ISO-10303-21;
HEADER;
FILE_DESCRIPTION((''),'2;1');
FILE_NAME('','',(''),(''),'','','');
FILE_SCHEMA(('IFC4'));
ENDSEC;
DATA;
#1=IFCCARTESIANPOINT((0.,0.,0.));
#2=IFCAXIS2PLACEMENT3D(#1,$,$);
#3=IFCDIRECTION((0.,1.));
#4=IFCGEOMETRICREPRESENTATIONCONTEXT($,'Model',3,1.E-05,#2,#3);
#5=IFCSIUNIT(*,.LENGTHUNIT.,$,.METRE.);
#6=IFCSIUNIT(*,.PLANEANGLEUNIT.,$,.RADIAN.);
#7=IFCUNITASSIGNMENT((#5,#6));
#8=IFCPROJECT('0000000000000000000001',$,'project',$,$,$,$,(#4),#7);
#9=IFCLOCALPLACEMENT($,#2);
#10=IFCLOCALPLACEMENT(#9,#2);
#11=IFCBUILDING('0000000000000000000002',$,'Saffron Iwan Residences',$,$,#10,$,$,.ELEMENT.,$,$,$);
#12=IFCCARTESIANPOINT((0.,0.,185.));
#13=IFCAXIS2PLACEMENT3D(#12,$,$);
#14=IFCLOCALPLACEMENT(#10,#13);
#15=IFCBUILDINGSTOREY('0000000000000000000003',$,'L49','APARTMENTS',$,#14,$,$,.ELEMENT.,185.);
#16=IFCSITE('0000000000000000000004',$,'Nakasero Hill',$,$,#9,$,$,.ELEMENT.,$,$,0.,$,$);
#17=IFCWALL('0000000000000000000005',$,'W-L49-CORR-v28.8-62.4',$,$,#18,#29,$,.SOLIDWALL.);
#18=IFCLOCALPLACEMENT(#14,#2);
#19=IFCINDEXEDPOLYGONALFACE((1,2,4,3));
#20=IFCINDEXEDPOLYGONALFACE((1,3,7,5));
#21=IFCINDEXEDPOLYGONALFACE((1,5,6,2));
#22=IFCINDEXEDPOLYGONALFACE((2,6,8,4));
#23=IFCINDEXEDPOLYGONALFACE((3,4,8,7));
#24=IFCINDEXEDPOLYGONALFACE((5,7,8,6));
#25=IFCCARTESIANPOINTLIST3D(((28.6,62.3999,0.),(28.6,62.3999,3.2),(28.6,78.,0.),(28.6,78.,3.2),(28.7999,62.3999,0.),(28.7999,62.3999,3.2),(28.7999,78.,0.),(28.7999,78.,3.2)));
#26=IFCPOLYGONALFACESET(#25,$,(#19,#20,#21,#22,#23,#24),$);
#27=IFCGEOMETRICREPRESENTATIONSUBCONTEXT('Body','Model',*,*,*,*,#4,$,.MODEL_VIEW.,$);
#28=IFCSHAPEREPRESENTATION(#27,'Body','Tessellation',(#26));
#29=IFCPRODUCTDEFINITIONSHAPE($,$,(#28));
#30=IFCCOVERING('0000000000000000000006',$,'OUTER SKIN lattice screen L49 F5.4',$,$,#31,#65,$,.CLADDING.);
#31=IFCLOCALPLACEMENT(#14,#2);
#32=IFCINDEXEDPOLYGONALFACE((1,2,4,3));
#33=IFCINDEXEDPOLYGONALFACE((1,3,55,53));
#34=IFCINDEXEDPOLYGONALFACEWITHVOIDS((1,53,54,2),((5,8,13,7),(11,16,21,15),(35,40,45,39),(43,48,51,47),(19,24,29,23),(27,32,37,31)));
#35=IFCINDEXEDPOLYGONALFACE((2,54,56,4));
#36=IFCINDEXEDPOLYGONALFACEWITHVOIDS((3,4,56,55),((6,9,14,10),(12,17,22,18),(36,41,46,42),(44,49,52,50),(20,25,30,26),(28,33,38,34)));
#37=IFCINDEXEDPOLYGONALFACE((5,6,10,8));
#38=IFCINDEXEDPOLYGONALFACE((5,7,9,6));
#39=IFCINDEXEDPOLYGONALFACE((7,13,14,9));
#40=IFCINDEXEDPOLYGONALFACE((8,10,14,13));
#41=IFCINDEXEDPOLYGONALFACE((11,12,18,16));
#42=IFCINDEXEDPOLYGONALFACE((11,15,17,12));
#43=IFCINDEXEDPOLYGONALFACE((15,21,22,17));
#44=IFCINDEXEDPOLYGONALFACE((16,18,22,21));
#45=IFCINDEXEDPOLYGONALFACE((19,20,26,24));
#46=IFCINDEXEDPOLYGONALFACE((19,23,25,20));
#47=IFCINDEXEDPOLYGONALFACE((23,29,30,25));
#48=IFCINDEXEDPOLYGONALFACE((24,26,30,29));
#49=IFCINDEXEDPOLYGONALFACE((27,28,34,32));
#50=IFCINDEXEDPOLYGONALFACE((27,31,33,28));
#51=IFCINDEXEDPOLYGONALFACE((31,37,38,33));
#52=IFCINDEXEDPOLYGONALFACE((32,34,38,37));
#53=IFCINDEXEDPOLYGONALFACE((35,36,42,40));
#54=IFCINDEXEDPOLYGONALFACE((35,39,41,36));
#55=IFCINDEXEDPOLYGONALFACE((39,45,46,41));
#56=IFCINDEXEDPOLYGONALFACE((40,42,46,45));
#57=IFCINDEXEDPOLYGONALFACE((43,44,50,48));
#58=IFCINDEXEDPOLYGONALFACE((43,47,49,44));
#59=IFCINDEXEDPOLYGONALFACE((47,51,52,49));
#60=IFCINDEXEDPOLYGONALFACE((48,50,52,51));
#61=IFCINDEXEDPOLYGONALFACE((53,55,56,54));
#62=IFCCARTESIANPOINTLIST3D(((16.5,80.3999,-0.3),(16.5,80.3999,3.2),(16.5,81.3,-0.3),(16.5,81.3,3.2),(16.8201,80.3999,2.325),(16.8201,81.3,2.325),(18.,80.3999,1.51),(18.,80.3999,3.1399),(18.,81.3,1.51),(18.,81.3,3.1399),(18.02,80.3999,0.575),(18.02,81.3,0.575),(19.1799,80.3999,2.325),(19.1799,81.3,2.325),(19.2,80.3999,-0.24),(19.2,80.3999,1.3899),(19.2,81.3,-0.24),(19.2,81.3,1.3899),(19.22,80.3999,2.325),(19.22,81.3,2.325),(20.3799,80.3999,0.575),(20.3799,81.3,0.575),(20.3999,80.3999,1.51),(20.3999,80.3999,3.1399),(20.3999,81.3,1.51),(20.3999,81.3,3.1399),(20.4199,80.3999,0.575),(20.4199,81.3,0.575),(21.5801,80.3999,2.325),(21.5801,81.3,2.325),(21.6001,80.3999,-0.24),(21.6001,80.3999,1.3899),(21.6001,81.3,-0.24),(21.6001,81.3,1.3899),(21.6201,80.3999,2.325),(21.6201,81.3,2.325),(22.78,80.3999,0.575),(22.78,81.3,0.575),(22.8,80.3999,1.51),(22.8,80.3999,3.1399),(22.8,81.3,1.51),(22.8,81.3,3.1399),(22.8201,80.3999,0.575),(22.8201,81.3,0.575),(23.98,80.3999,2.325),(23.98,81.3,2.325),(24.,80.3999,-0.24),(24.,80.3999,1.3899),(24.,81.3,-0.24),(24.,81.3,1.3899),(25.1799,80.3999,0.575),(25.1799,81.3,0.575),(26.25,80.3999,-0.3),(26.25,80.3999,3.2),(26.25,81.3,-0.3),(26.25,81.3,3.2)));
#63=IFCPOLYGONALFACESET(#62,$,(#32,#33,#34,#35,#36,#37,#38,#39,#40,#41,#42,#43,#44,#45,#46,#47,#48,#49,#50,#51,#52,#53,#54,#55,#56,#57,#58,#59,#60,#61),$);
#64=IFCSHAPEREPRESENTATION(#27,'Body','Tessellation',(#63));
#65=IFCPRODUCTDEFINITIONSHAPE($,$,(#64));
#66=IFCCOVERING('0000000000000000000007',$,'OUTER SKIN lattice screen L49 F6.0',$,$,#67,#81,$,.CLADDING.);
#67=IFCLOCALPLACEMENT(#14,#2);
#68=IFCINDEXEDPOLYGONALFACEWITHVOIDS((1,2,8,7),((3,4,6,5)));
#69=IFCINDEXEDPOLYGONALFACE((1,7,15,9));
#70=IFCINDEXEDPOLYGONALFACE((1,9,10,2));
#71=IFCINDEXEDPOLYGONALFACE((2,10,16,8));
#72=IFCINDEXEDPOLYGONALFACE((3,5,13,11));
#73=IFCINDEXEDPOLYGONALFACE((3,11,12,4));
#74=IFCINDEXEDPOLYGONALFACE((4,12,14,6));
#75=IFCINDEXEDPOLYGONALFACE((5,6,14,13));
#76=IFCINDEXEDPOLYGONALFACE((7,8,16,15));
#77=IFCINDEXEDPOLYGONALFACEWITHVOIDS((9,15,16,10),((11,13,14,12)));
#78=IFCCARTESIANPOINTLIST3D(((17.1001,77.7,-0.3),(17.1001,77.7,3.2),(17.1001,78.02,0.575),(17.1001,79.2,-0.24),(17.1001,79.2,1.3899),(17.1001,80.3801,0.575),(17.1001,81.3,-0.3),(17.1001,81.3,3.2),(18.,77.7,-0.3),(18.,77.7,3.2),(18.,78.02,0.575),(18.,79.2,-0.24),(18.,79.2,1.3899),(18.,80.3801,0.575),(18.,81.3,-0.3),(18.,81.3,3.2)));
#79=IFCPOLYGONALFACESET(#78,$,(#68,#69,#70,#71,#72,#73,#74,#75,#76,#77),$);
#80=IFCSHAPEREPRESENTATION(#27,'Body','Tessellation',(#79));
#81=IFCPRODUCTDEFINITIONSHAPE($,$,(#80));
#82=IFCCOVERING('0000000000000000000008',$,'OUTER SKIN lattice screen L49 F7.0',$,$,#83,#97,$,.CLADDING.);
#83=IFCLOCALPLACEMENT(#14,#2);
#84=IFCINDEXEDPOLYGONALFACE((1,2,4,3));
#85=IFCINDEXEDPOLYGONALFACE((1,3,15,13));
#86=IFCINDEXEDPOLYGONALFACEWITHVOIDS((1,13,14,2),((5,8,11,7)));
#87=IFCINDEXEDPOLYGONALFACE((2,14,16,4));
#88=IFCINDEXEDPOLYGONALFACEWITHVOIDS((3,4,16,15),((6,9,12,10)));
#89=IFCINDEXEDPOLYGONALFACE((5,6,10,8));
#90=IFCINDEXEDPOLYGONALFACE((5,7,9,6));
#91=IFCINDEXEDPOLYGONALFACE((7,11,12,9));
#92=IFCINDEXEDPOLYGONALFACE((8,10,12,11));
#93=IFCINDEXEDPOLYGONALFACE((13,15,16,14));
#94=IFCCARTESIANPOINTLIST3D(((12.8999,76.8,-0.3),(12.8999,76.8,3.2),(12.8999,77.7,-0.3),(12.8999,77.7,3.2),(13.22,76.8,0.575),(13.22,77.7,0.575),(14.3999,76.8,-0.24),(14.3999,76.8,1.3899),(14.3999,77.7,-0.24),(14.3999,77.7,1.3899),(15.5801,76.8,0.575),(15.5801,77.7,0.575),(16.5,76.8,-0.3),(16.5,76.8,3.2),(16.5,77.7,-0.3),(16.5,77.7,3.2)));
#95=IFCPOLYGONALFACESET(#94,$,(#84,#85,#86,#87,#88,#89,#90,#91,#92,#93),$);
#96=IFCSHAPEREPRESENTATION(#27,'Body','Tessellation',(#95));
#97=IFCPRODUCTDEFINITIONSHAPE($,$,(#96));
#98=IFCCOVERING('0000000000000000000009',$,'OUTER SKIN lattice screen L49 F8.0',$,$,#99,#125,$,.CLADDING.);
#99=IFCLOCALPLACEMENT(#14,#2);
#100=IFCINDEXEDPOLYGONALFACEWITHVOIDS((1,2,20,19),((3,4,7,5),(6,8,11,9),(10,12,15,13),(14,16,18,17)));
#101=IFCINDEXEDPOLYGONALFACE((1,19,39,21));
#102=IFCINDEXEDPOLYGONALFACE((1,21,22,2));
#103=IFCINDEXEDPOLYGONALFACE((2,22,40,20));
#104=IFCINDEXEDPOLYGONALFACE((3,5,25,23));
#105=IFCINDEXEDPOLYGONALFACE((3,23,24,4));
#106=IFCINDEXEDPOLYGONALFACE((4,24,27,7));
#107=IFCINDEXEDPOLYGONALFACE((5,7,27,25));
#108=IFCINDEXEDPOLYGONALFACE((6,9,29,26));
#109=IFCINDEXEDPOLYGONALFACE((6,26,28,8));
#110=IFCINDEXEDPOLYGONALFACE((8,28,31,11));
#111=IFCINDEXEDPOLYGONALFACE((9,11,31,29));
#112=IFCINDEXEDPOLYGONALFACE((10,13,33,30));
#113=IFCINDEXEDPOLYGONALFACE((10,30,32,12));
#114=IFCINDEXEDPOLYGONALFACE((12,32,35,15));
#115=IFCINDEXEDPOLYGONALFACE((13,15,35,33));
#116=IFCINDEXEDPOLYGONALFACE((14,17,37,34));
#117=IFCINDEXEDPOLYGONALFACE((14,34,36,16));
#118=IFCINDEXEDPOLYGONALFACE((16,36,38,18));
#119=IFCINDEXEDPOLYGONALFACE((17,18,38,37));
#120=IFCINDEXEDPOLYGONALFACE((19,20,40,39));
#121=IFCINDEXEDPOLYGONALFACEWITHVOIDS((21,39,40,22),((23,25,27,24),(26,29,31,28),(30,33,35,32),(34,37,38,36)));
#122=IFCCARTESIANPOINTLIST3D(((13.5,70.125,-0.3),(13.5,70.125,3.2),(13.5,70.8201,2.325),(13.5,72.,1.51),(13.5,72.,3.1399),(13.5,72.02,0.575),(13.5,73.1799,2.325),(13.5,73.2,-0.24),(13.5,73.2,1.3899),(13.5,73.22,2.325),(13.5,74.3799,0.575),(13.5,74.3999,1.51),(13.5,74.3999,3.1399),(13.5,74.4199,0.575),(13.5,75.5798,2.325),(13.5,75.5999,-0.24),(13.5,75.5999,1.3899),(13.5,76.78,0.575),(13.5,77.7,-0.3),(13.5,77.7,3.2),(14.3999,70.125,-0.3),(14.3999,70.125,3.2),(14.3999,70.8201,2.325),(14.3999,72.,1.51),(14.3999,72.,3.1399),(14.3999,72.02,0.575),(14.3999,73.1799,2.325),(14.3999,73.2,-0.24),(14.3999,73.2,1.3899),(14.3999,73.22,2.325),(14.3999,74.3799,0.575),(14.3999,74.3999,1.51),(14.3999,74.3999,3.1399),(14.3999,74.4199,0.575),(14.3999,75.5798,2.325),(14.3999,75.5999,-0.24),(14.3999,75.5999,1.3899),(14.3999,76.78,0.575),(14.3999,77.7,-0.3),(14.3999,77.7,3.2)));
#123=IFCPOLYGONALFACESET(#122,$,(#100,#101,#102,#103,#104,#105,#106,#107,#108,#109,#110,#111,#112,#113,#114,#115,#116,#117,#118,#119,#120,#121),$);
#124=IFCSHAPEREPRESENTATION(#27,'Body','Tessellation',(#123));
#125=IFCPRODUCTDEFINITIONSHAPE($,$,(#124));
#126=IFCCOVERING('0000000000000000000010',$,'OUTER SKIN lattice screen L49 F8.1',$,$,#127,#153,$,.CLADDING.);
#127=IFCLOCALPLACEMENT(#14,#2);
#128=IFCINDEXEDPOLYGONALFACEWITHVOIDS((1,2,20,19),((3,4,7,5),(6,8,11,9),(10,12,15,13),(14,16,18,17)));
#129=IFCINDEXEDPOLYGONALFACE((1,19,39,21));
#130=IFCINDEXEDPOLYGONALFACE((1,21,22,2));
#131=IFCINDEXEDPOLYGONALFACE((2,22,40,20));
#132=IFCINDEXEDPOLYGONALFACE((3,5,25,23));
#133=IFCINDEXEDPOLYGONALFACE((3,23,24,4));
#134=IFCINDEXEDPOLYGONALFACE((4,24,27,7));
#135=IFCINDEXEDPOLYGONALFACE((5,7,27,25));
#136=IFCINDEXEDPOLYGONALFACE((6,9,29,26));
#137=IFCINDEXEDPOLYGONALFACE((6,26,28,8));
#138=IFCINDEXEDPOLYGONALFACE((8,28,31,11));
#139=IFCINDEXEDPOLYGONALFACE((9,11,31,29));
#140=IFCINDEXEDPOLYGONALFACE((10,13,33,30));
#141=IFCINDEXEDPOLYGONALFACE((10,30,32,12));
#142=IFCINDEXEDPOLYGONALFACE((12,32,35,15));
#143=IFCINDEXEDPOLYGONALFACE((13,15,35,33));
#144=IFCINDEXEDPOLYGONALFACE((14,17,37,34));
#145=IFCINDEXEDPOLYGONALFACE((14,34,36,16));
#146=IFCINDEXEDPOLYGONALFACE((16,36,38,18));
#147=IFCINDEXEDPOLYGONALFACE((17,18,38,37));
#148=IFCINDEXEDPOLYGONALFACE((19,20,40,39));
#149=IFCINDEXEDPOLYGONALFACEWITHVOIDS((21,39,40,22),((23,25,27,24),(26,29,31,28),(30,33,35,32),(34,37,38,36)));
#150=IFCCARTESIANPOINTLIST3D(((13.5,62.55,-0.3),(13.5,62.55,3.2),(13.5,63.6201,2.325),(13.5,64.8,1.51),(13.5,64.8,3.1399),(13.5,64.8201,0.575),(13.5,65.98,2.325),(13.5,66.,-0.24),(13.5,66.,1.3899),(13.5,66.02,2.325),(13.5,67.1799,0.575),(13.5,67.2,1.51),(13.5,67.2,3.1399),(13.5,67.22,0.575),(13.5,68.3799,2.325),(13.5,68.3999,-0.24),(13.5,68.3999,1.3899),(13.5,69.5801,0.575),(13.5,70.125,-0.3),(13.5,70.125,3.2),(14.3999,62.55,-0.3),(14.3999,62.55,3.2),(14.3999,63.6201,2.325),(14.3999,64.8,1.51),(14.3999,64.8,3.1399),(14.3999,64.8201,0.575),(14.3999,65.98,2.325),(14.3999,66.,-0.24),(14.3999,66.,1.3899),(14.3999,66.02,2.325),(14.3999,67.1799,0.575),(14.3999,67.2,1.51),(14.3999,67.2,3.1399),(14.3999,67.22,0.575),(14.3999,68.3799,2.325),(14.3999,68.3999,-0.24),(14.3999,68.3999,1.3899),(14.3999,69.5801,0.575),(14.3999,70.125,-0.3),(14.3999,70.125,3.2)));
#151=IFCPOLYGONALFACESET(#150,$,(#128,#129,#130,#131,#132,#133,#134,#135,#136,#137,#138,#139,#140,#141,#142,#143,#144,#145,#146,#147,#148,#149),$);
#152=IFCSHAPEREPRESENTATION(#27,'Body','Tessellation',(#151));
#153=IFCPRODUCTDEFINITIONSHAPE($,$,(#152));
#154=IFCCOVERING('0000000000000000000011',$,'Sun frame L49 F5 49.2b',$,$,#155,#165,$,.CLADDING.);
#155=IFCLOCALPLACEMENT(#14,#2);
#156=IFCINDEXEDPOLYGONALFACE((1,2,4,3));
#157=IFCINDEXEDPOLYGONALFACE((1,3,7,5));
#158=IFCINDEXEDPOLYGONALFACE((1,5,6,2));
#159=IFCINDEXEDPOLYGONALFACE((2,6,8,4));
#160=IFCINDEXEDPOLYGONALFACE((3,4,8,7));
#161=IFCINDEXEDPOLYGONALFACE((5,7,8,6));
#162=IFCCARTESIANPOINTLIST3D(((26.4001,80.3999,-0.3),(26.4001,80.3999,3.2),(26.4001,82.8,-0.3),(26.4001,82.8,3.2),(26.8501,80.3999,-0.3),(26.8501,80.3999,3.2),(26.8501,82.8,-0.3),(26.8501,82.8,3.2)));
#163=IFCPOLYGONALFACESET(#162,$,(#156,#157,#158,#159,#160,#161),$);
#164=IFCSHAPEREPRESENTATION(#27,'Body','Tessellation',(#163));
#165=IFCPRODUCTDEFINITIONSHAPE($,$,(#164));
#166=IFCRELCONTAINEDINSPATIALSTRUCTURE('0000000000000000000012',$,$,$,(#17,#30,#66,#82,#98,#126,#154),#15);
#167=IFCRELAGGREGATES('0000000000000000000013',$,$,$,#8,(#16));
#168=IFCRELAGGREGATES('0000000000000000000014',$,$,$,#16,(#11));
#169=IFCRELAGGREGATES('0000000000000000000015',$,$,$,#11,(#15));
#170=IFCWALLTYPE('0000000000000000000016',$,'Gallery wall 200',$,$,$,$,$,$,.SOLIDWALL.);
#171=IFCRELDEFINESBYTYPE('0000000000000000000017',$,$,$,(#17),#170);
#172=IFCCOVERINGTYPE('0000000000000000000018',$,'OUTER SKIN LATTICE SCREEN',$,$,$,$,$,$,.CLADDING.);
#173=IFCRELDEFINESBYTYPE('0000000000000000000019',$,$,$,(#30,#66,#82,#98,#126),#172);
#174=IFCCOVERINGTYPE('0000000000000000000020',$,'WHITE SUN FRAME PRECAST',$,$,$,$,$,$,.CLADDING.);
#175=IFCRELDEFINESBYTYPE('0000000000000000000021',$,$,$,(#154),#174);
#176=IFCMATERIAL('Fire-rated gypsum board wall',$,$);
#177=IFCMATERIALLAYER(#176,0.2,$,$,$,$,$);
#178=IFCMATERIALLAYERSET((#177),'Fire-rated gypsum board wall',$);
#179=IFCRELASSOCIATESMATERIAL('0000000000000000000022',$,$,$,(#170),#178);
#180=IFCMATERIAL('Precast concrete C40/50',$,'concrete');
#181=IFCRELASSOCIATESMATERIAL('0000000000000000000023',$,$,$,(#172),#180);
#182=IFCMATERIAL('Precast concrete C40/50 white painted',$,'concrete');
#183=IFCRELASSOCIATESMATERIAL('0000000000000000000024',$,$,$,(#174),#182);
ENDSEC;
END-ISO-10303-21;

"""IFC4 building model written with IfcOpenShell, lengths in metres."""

from ifc_helpers import new_model, si_unit, direction, frame, frame_2d, origin, place, context, subcontext, project, spatial, polyline, rectangle, outline, extrude, material, layer, layer_set, type_object, element, save


model = new_model("IFC4")

# Units and contexts
model_context = context("Model", 3, precision=1e-05, world=origin(), true_north=direction((0.0, 1.0)))
body_context = subcontext(model_context, "Body", "Model", "MODEL_VIEW")
ifc_project = project(units=[si_unit("LENGTHUNIT", "METRE"), si_unit("PLANEANGLEUNIT", "RADIAN")], contexts=[model_context])

# Site, building, storey
site_placement = place(None, origin())
site = spatial("IfcSite", under=ifc_project, at=site_placement, Name="Nakasero Hill", CompositionType="ELEMENT", RefElevation=0.0)
building_placement = place(site_placement, origin())
building = spatial("IfcBuilding", under=site, at=building_placement, Name="Saffron Iwan Residences", CompositionType="ELEMENT")
storey_placement = place(building_placement, frame((0.0, 0.0, 185.0)))
storey = spatial("IfcBuildingStorey", under=building, at=storey_placement, Name="L49", Description="APARTMENTS", CompositionType="ELEMENT", Elevation=185.0)

# Wall
ifc_material_1 = material(Name="Fire-rated gypsum board wall")
ifc_layer_1 = layer(ifc_material_1, 0.2)
ifc_layer_set_1 = layer_set([ifc_layer_1], Name="Fire-rated gypsum board wall")
wall_type_1 = type_object("IfcWallType", Name="Gallery wall 200", PredefinedType="SOLIDWALL", material=ifc_layer_set_1)
wall_1_placement = place(storey_placement, frame((28.7, 62.3999, 0.0), z_axis=(0.0, 0.0, 1.0), x_axis=(0.0, 1.0, 0.0)))
element("IfcWall", 1, at=wall_1_placement, inside=storey, type_object=wall_type_1, Name="W-L49-CORR-v28.8-62.4", PredefinedType="SOLIDWALL", context=body_context, shape_type="SweptSolid", body=[
    extrude(rectangle(XDim=15.6001, YDim=0.2, at=frame_2d((7.8, 0.0))), origin(), (0.0, 0.0, 1.0), 3.2),
])

# Coverings
ifc_material_2 = material(Name="Precast concrete C40/50", Category="concrete")
covering_type_1 = type_object("IfcCoveringType", Name="OUTER SKIN LATTICE SCREEN", PredefinedType="CLADDING", material=ifc_material_2)
covering_1_placement = place(storey_placement, frame((26.25, 80.3999, -0.3), z_axis=(0.0, 1.0, 0.0), x_axis=(-1.0, 0.0, 0.0)))
element("IfcCovering", 2, at=covering_1_placement, inside=storey, type_object=covering_type_1, Name="OUTER SKIN lattice screen L49 F5.4", PredefinedType="CLADDING", context=body_context, shape_type="SweptSolid", body=[
    extrude(outline(polyline([(0.0, 0.0), (9.75, 0.0), (9.75, 3.5), (0.0, 3.5), (0.0, 0.0)]), holes=[polyline([(1.0701, 0.875), (2.25, 0.0601), (3.4299, 0.875), (2.25, 1.6899), (1.0701, 0.875)]), polyline([(3.47, 0.875), (4.6499, 0.0601), (5.8301, 0.875), (4.6499, 1.6899), (3.47, 0.875)]), polyline([(5.8701, 0.875), (7.05, 0.0601), (8.23, 0.875), (7.05, 1.6899), (5.8701, 0.875)]), polyline([(2.27, 2.625), (3.45, 1.8101), (4.6299, 2.625), (3.45, 3.4399), (2.27, 2.625)]), polyline([(4.6699, 2.625), (5.8501, 1.8101), (7.03, 2.625), (5.8501, 3.4399), (4.6699, 2.625)]), polyline([(7.0701, 2.625), (8.25, 1.8101), (9.4299, 2.625), (8.25, 3.4399), (7.0701, 2.625)])]), origin(), (0.0, 0.0, 1.0), 0.9001),
])
for number, where, z_axis, x_axis, name in (
    (3, (18.0, 81.3, -0.3), (-1.0, 0.0, 0.0), (0.0, -1.0, 0.0), "OUTER SKIN lattice screen L49 F6.0"),
    (4, (16.5, 76.8, -0.3), (0.0, 1.0, 0.0), (-1.0, 0.0, 0.0), "OUTER SKIN lattice screen L49 F7.0"),
):
    element("IfcCovering", number, at=place(storey_placement, frame(where, z_axis=z_axis, x_axis=x_axis)), inside=storey, type_object=covering_type_1, Name=name, PredefinedType="CLADDING", context=body_context, shape_type="SweptSolid", body=[
        extrude(outline(polyline([(0.0, 0.0), (3.6001, 0.0), (3.6001, 3.5), (0.0, 3.5), (0.0, 0.0)]), holes=[polyline([(0.9199, 0.875), (2.1001, 0.0601), (3.28, 0.875), (2.1001, 1.6899), (0.9199, 0.875)])]), origin(), (0.0, 0.0, 1.0), 0.8999),
    ])
covering_2_placement = place(storey_placement, frame((14.3999, 77.7, -0.3), z_axis=(-1.0, 0.0, 0.0), x_axis=(0.0, -1.0, 0.0)))
element("IfcCovering", 5, at=covering_2_placement, inside=storey, type_object=covering_type_1, Name="OUTER SKIN lattice screen L49 F8.0", PredefinedType="CLADDING", context=body_context, shape_type="SweptSolid", body=[
    extrude(outline(polyline([(0.0, 0.0), (7.575, 0.0), (7.575, 3.5), (0.0, 3.5), (0.0, 0.0)]), holes=[polyline([(0.9199, 0.875), (2.1001, 0.0601), (3.28, 0.875), (2.1001, 1.6899), (0.9199, 0.875)]), polyline([(3.3201, 0.875), (4.5, 0.0601), (5.6799, 0.875), (4.5, 1.6899), (3.3201, 0.875)]), polyline([(2.1201, 2.625), (3.3, 1.8101), (4.48, 2.625), (3.3, 3.4399), (2.1201, 2.625)]), polyline([(4.52, 2.625), (5.7, 1.8101), (6.8799, 2.625), (5.7, 3.4399), (4.52, 2.625)])]), origin(), (0.0, 0.0, 1.0), 0.8999),
])
covering_3_placement = place(storey_placement, frame((14.3999, 70.125, -0.3), z_axis=(-1.0, 0.0, 0.0), x_axis=(0.0, -1.0, 0.0)))
element("IfcCovering", 6, at=covering_3_placement, inside=storey, type_object=covering_type_1, Name="OUTER SKIN lattice screen L49 F8.1", PredefinedType="CLADDING", context=body_context, shape_type="SweptSolid", body=[
    extrude(outline(polyline([(0.0, 0.0), (7.575, 0.0), (7.575, 3.5), (0.0, 3.5), (0.0, 0.0)]), holes=[polyline([(0.5449, 0.875), (1.7251, 0.0601), (2.905, 0.875), (1.7251, 1.6899), (0.5449, 0.875)]), polyline([(2.9451, 0.875), (4.125, 0.0601), (5.3049, 0.875), (4.125, 1.6899), (2.9451, 0.875)]), polyline([(1.7451, 2.625), (2.925, 1.8101), (4.105, 2.625), (2.925, 3.4399), (1.7451, 2.625)]), polyline([(4.145, 2.625), (5.325, 1.8101), (6.5049, 2.625), (5.325, 3.4399), (4.145, 2.625)])]), origin(), (0.0, 0.0, 1.0), 0.8999),
])
ifc_material_3 = material(Name="Precast concrete C40/50 white painted", Category="concrete")
covering_type_2 = type_object("IfcCoveringType", Name="WHITE SUN FRAME PRECAST", PredefinedType="CLADDING", material=ifc_material_3)
covering_4_placement = place(storey_placement, frame((26.8501, 80.3999, -0.3), z_axis=(0.0, 1.0, 0.0), x_axis=(-1.0, 0.0, 0.0)))
element("IfcCovering", 7, at=covering_4_placement, inside=storey, type_object=covering_type_2, Name="Sun frame L49 F5 49.2b", PredefinedType="CLADDING", context=body_context, shape_type="SweptSolid", body=[
    extrude(outline(polyline([(0.0, 0.0), (0.45, 0.0), (0.45, 3.5), (0.0, 3.5), (0.0, 0.0)])), origin(), (0.0, 0.0, 1.0), 2.4001),
])

save(model, "model.ifc")
